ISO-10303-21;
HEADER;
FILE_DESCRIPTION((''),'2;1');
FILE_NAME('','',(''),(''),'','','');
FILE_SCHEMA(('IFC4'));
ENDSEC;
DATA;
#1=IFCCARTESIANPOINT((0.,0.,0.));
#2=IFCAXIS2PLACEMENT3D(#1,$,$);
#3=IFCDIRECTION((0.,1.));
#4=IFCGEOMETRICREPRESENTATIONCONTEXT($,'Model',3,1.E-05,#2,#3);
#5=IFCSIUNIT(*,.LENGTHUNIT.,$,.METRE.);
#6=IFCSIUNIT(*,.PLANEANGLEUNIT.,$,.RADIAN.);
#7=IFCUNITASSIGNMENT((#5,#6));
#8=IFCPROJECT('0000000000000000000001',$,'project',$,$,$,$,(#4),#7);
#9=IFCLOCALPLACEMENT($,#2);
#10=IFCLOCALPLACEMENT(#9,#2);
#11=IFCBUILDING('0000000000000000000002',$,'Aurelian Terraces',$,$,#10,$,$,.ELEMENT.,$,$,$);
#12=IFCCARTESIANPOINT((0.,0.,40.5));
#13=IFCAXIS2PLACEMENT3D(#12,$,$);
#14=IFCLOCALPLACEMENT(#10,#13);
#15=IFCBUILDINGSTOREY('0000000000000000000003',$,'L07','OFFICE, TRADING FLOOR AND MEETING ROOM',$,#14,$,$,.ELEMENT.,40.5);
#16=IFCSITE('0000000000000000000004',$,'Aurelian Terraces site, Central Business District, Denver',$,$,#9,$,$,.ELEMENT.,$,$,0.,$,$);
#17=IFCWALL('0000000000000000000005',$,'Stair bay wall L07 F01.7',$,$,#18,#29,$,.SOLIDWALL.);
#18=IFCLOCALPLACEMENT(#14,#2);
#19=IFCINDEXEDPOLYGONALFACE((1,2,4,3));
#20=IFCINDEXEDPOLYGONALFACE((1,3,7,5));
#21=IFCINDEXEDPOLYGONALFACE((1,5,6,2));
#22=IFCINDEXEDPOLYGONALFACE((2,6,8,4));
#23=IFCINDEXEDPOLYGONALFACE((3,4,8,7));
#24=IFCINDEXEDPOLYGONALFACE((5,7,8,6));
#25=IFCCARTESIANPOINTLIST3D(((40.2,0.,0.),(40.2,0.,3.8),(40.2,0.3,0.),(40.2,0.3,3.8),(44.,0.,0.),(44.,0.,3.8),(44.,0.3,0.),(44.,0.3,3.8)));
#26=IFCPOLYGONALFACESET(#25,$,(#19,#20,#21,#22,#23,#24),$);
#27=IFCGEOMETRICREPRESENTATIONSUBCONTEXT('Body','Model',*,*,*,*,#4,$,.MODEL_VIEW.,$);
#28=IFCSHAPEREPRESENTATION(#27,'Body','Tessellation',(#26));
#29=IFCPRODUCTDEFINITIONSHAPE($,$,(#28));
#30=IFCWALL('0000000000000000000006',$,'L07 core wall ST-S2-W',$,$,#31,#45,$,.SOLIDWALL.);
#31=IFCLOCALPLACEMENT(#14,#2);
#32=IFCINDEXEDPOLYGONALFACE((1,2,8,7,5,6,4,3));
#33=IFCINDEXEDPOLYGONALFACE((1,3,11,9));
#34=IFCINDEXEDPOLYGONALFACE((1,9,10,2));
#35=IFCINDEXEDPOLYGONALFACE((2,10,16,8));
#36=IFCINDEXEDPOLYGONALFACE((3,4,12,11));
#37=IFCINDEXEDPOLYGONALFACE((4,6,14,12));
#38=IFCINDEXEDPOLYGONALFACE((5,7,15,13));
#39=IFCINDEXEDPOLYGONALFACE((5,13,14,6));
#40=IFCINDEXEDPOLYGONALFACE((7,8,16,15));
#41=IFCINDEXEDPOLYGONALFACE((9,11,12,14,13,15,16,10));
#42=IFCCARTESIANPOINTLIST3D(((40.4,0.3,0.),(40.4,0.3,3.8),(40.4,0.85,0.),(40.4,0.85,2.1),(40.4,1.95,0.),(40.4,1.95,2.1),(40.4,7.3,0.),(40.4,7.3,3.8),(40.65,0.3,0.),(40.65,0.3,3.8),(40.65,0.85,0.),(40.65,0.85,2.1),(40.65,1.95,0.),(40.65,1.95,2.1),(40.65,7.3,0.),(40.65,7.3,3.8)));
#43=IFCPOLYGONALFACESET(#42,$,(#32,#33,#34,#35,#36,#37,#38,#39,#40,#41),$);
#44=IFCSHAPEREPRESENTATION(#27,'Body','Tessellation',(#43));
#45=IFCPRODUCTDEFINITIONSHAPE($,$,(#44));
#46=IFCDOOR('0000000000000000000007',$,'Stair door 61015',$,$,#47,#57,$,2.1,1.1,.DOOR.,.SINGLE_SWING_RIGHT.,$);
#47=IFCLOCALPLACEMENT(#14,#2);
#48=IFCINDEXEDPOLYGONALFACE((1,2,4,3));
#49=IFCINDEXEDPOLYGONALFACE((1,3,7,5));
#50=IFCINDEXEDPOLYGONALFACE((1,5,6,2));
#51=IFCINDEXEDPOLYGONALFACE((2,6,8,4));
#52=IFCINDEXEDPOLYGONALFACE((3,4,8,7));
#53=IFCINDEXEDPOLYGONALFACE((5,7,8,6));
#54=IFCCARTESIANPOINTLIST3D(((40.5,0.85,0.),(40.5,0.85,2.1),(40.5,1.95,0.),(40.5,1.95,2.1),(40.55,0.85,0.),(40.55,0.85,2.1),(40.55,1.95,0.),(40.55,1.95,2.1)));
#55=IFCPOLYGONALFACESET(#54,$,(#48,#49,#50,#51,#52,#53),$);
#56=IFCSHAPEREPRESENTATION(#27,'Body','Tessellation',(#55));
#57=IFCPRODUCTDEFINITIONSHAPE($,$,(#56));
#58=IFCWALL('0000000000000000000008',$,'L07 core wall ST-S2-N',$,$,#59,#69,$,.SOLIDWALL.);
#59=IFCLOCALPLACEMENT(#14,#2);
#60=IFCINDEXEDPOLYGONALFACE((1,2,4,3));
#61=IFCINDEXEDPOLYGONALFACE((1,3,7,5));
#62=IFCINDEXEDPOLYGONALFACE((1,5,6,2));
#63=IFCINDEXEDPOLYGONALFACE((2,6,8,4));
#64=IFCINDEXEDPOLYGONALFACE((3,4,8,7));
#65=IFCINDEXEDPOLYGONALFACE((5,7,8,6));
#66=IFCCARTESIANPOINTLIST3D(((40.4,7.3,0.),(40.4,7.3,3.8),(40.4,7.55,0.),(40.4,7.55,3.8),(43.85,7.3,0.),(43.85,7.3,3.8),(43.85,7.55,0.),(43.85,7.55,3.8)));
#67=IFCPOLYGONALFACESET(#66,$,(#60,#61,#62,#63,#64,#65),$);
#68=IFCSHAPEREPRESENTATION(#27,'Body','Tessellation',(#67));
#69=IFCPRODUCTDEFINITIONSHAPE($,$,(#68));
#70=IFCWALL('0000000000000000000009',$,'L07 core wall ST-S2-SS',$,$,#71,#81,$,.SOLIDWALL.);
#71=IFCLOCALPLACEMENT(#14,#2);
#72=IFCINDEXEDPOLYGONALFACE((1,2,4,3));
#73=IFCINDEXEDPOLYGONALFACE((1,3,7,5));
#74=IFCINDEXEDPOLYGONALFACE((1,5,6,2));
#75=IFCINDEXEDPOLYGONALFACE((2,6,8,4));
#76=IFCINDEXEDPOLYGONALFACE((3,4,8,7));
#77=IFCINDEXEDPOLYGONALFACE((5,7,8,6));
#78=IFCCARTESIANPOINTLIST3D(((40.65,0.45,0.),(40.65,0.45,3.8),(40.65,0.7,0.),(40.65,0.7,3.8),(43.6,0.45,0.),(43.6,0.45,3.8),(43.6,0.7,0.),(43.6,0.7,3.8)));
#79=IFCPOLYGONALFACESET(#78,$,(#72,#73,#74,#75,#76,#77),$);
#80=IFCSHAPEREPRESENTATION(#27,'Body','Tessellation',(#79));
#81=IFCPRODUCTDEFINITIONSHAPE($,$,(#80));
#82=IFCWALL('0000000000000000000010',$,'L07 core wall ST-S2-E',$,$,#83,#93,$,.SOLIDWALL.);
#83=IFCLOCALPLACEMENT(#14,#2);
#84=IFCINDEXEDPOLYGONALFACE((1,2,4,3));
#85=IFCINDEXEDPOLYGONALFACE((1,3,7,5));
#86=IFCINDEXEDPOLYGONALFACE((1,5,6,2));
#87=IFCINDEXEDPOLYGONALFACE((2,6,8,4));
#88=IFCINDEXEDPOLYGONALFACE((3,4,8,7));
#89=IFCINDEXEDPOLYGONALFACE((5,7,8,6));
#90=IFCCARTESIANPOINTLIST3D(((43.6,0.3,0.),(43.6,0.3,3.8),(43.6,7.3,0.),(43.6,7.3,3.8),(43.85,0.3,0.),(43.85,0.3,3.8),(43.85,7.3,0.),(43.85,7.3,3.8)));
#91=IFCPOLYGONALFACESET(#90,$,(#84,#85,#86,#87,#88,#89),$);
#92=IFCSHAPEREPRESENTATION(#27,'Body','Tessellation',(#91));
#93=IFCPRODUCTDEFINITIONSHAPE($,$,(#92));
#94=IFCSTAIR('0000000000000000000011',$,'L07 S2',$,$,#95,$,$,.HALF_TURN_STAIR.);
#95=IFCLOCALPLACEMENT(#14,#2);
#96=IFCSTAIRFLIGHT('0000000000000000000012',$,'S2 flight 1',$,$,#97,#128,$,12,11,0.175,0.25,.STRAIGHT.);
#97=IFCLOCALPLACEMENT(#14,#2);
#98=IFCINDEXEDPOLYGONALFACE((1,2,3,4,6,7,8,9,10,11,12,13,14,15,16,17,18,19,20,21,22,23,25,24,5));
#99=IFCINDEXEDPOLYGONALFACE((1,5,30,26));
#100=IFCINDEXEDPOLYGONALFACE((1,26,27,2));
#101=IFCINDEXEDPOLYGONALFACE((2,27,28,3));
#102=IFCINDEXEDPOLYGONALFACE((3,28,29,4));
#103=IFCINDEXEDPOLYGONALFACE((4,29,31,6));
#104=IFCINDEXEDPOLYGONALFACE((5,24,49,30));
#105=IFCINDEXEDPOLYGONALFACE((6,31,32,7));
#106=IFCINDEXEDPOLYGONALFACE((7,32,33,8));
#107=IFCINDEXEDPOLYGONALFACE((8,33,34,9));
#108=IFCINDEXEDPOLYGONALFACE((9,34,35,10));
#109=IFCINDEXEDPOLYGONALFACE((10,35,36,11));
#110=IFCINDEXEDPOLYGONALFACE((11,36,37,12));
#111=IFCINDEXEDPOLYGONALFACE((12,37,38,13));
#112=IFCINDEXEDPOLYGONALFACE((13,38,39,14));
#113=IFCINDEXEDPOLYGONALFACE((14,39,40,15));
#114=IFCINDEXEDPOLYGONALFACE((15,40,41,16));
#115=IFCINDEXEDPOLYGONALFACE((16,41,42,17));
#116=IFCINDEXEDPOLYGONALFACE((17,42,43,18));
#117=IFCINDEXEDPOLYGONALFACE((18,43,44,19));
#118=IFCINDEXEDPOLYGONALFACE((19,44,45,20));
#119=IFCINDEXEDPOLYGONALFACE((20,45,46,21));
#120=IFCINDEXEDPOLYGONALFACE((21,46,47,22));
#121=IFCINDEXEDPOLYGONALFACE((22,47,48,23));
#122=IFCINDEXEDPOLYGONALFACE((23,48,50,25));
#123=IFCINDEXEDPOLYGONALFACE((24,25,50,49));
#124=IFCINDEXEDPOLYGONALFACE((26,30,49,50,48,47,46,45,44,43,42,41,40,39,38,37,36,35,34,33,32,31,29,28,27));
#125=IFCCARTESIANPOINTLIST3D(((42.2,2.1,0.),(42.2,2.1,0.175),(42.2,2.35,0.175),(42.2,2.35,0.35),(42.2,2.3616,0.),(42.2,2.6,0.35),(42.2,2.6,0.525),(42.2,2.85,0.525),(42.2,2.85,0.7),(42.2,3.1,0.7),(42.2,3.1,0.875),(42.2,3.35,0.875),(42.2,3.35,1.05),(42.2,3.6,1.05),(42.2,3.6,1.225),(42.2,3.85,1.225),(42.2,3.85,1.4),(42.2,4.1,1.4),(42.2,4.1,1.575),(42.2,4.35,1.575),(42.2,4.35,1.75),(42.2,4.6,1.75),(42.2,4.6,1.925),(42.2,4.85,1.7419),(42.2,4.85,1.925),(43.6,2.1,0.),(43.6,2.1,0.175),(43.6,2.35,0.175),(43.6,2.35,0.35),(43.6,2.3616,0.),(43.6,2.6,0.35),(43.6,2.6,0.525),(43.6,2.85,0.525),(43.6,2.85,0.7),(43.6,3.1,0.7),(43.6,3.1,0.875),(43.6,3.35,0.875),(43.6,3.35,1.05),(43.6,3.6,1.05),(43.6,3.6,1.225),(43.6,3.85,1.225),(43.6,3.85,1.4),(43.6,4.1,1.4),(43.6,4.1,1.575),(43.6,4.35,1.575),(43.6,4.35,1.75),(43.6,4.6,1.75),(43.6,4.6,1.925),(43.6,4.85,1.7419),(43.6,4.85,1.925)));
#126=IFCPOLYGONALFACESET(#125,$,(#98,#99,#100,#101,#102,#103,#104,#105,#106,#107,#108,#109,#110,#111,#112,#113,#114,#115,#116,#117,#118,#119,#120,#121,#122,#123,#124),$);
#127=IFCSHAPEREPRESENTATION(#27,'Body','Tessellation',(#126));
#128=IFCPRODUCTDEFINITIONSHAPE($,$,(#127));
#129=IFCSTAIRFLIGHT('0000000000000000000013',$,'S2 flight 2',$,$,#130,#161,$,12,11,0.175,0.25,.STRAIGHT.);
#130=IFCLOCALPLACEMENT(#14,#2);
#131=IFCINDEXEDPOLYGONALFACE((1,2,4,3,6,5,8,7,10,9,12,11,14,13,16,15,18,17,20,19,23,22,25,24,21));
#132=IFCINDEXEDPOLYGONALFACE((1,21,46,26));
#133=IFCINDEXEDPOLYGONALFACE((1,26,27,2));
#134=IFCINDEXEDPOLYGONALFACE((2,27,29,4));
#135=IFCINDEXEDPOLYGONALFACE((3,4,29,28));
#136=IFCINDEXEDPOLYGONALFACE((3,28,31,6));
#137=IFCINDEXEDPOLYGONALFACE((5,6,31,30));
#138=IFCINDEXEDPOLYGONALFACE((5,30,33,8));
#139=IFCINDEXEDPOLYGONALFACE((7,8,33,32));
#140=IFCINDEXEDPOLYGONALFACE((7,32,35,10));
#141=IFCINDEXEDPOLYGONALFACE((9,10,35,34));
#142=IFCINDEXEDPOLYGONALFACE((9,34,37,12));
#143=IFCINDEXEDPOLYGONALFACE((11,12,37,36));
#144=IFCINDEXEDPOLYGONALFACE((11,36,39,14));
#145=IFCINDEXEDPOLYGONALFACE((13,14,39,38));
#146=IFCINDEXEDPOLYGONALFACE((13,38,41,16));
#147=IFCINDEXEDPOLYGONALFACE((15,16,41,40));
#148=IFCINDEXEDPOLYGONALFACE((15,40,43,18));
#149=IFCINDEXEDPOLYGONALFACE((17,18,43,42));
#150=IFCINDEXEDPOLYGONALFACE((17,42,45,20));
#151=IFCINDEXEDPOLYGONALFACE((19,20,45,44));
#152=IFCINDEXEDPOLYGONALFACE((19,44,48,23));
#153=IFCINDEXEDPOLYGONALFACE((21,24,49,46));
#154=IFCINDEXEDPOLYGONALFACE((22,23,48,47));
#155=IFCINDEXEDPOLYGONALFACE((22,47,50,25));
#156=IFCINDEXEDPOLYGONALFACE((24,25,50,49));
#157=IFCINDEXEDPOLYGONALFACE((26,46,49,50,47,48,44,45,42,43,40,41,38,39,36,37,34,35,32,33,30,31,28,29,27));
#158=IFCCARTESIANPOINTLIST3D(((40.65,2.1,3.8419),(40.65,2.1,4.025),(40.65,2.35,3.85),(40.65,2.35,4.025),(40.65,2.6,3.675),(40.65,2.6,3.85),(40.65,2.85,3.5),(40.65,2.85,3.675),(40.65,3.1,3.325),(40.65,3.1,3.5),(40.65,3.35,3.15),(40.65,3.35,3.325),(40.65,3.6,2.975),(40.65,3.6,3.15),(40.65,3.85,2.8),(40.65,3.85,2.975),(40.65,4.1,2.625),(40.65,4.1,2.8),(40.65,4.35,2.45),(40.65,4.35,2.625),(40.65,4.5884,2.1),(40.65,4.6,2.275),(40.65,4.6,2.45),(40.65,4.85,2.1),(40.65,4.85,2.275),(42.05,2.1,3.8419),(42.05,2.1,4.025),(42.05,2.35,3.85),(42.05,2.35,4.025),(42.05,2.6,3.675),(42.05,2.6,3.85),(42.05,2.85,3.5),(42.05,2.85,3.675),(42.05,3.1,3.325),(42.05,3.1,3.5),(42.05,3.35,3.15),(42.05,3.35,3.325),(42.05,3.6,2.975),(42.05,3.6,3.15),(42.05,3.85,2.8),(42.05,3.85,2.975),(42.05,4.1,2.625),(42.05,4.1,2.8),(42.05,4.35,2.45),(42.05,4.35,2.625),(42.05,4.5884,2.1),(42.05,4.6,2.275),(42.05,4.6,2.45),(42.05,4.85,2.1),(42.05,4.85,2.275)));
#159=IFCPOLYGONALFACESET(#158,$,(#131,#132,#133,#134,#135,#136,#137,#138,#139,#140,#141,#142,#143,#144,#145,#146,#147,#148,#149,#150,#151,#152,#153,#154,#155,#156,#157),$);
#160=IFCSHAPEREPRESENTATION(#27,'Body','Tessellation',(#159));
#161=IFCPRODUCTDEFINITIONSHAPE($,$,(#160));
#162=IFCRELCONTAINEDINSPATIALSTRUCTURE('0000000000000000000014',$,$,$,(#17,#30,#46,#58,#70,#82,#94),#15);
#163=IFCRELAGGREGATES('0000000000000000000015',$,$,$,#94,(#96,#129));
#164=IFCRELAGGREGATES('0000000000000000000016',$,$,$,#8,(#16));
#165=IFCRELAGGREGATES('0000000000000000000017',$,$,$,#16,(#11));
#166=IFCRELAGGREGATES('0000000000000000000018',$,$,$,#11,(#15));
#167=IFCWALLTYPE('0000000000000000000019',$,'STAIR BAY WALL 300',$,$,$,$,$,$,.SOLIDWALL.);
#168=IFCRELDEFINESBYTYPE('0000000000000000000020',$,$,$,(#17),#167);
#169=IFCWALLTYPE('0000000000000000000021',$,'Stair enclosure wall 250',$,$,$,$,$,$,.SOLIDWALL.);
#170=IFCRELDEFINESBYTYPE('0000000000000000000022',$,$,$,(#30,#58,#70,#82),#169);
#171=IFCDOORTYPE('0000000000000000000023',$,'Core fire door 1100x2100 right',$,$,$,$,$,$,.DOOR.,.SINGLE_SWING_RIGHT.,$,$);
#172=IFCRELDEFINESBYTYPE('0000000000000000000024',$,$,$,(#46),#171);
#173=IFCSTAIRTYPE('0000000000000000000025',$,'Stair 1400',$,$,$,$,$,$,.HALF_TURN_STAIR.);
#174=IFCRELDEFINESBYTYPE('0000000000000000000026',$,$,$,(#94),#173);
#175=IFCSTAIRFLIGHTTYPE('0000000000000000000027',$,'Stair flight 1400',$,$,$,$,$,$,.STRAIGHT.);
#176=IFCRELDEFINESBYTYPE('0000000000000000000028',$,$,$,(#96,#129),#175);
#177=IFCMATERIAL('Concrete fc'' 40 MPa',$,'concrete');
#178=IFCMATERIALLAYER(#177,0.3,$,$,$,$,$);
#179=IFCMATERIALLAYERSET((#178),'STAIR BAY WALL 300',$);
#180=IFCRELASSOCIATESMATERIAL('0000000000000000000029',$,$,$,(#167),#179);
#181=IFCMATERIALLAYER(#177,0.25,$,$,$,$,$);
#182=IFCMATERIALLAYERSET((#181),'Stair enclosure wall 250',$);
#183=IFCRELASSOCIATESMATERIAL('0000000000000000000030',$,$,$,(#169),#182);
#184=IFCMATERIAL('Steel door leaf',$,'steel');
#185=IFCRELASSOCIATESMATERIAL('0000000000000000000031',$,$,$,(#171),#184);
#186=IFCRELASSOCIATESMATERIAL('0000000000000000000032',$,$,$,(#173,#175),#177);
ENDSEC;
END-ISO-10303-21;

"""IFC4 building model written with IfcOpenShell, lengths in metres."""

from ifc_helpers import new_model, si_unit, direction, frame, frame_2d, origin, place, context, subcontext, project, spatial, polyline, rectangle, outline, extrude, source, transform, mapped, material, layer, layer_set, type_object, element, fill, aggregate, save


model = new_model("IFC4")

# Units and contexts
model_context = context("Model", 3, precision=1e-05, world=origin(), true_north=direction((0.0, 1.0)))
body_context = subcontext(model_context, "Body", "Model", "MODEL_VIEW")
ifc_project = project(units=[si_unit("LENGTHUNIT", "METRE"), si_unit("PLANEANGLEUNIT", "RADIAN")], contexts=[model_context])

# Site, building, storey
site_placement = place(None, origin())
site = spatial("IfcSite", under=ifc_project, at=site_placement, Name="Aurelian Terraces site, Central Business District, Denver", CompositionType="ELEMENT", RefElevation=0.0)
building_placement = place(site_placement, origin())
building = spatial("IfcBuilding", under=site, at=building_placement, Name="Aurelian Terraces", CompositionType="ELEMENT")
storey_placement = place(building_placement, frame((0.0, 0.0, 40.5)))
storey = spatial("IfcBuildingStorey", under=building, at=storey_placement, Name="L07", Description="OFFICE, TRADING FLOOR AND MEETING ROOM", CompositionType="ELEMENT", Elevation=40.5)

# Shared definitions
ifc_material_1 = material(Name="Steel door leaf", Category="steel")

# Wall
ifc_material_2 = material(Name="Concrete fc' 40 MPa", Category="concrete")
ifc_layer_1 = layer(ifc_material_2, 0.3)
ifc_layer_set_1 = layer_set([ifc_layer_1], Name="STAIR BAY WALL 300")
wall_type_1 = type_object("IfcWallType", Name="STAIR BAY WALL 300", PredefinedType="SOLIDWALL", material=ifc_layer_set_1)
wall_1_placement = place(storey_placement, frame((40.2, 0.15, 0.0), z_axis=(0.0, 0.0, 1.0), x_axis=(1.0, 0.0, 0.0)))
element("IfcWall", 1, at=wall_1_placement, inside=storey, type_object=wall_type_1, Name="Stair bay wall L07 F01.7", PredefinedType="SOLIDWALL", context=body_context, shape_type="SweptSolid", body=[
    extrude(rectangle(XDim=3.8, YDim=0.3, at=frame_2d((1.9, 0.0))), origin(), (0.0, 0.0, 1.0), 3.8),
])

# Wall, opening, door
ifc_layer_2 = layer(ifc_material_2, 0.25)
ifc_layer_set_2 = layer_set([ifc_layer_2], Name="Stair enclosure wall 250")
wall_type_2 = type_object("IfcWallType", Name="Stair enclosure wall 250", PredefinedType="SOLIDWALL", material=ifc_layer_set_2)
wall_2_placement = place(storey_placement, frame((40.525, 0.3, 0.0), z_axis=(0.0, 0.0, 1.0), x_axis=(0.0, 1.0, 0.0)))
wall_2 = element("IfcWall", 2, at=wall_2_placement, inside=storey, type_object=wall_type_2, Name="L07 core wall ST-S2-W", PredefinedType="SOLIDWALL", context=body_context, shape_type="SweptSolid", body=[
    extrude(rectangle(XDim=7.0, YDim=0.25, at=frame_2d((3.5, 0.0))), origin(), (0.0, 0.0, 1.0), 3.8),
])
shared_shape_1 = source(origin(), body_context, "Body", "SweptSolid", [
    extrude(rectangle(XDim=1.1, YDim=2.1, at=frame_2d((0.55, 1.05))), frame((0.0, 0.135, 0.0), z_axis=(0.0, -1.0, 0.0), x_axis=(1.0, 0.0, 0.0)), (0.0, 0.0, 1.0), 0.27),
])
opening_1_placement = place(wall_2_placement, frame((0.55, 0.0, 0.0)))
opening_1 = element("IfcOpeningElement", 3, at=opening_1_placement, cuts=wall_2, PredefinedType="OPENING", context=body_context, shape_type="MappedRepresentation", body=[
    mapped(shared_shape_1, transform((0.0, 0.0, 0.0), scale=1.0)),
])
door_type_1 = type_object("IfcDoorType", Name="Core fire door 1100x2100 right", OperationType="SINGLE_SWING_RIGHT", PredefinedType="DOOR", material=ifc_material_1)
shared_shape_2 = source(origin(), body_context, "Body", "SweptSolid", [
    extrude(rectangle(XDim=1.1, YDim=2.1, at=frame_2d((0.55, 1.05))), frame((0.0, 0.025, 0.0), z_axis=(0.0, -1.0, 0.0), x_axis=(1.0, 0.0, 0.0)), (0.0, 0.0, 1.0), 0.05),
])
door_1_placement = place(opening_1_placement, origin())
door_1 = element("IfcDoor", 4, at=door_1_placement, inside=storey, type_object=door_type_1, Name="Stair door 61015", OperationType="SINGLE_SWING_RIGHT", OverallHeight=2.1, OverallWidth=1.1, PredefinedType="DOOR", context=body_context, shape_type="MappedRepresentation", body=[
    mapped(shared_shape_2, transform((0.0, 0.0, 0.0), scale=1.0)),
])
fill(opening_1, door_1)

# Walls
wall_3_placement = place(storey_placement, frame((40.4, 7.425, 0.0), z_axis=(0.0, 0.0, 1.0), x_axis=(1.0, 0.0, 0.0)))
element("IfcWall", 5, at=wall_3_placement, inside=storey, type_object=wall_type_2, Name="L07 core wall ST-S2-N", PredefinedType="SOLIDWALL", context=body_context, shape_type="SweptSolid", body=[
    extrude(rectangle(XDim=3.45, YDim=0.25, at=frame_2d((1.725, 0.0))), origin(), (0.0, 0.0, 1.0), 3.8),
])
wall_4_placement = place(storey_placement, frame((40.65, 0.575, 0.0), z_axis=(0.0, 0.0, 1.0), x_axis=(1.0, 0.0, 0.0)))
element("IfcWall", 6, at=wall_4_placement, inside=storey, type_object=wall_type_2, Name="L07 core wall ST-S2-SS", PredefinedType="SOLIDWALL", context=body_context, shape_type="SweptSolid", body=[
    extrude(rectangle(XDim=2.95, YDim=0.25, at=frame_2d((1.475, 0.0))), origin(), (0.0, 0.0, 1.0), 3.8),
])
shared_shape_3 = source(origin(), body_context, "Body", "SweptSolid", [
    extrude(rectangle(XDim=7.0, YDim=0.25, at=frame_2d((3.5, 0.0))), origin(), (0.0, 0.0, 1.0), 3.8),
])
wall_5_placement = place(storey_placement, frame((43.725, 0.3, 0.0), z_axis=(0.0, 0.0, 1.0), x_axis=(0.0, 1.0, 0.0)))
element("IfcWall", 7, at=wall_5_placement, inside=storey, type_object=wall_type_2, Name="L07 core wall ST-S2-E", PredefinedType="SOLIDWALL", context=body_context, shape_type="MappedRepresentation", body=[
    mapped(shared_shape_3, transform((0.0, 0.0, 0.0), scale=1.0)),
])

# Stair, stair flights
stair_type = type_object("IfcStairType", Name="Stair 1400", PredefinedType="HALF_TURN_STAIR", material=ifc_material_2)
stair_placement = place(storey_placement, origin())
stair = element("IfcStair", 8, at=stair_placement, inside=storey, type_object=stair_type, Name="L07 S2", PredefinedType="HALF_TURN_STAIR")
stair_flight_type = type_object("IfcStairFlightType", Name="Stair flight 1400", PredefinedType="STRAIGHT", material=ifc_material_2)
shared_shape_4 = source(origin(), body_context, "Body", "SweptSolid", [
    extrude(outline(polyline([(0.0, 0.0), (0.0, 0.175), (0.25, 0.175), (0.25, 0.35), (0.5, 0.35), (0.5, 0.525), (0.75, 0.525), (0.75, 0.7), (1.0, 0.7), (1.0, 0.875), (1.25, 0.875), (1.25, 1.05), (1.5, 1.05), (1.5, 1.225), (1.75, 1.225), (1.75, 1.4), (2.0, 1.4), (2.0, 1.575), (2.25, 1.575), (2.25, 1.75), (2.5, 1.75), (2.5, 1.925), (2.75, 1.925), (2.75, 2.1), (2.75, 1.7419), (0.2616, 0.0), (0.0, 0.0)])), frame((0.0, 0.7, 0.0), z_axis=(0.0, -1.0, 0.0), x_axis=(1.0, 0.0, 0.0)), (0.0, 0.0, 1.0), 1.4),
])
stair_flight_1_placement = place(storey_placement, frame((42.9, 2.1, 0.0), z_axis=(0.0, 0.0, 1.0), x_axis=(0.0, 1.0, 0.0)))
stair_flight_1 = element("IfcStairFlight", 9, at=stair_flight_1_placement, type_object=stair_flight_type, Name="S2 flight 1", NumberOfRisers=12, NumberOfTreads=11, PredefinedType="STRAIGHT", RiserHeight=0.175, TreadLength=0.25, context=body_context, shape_type="MappedRepresentation", body=[
    mapped(shared_shape_4, transform((0.0, 0.0, 0.0), scale=1.0)),
])
stair_flight_2_placement = place(storey_placement, frame((41.35, 4.85, 2.1), z_axis=(0.0, 0.0, 1.0), x_axis=(0.0, -1.0, 0.0)))
stair_flight_2 = element("IfcStairFlight", 10, at=stair_flight_2_placement, type_object=stair_flight_type, Name="S2 flight 2", NumberOfRisers=12, NumberOfTreads=11, PredefinedType="STRAIGHT", RiserHeight=0.175, TreadLength=0.25, context=body_context, shape_type="MappedRepresentation", body=[
    mapped(shared_shape_4, transform((0.0, 0.0, 0.0), scale=1.0)),
])
aggregate(stair, [stair_flight_1, stair_flight_2])

save(model, "model.ifc")
